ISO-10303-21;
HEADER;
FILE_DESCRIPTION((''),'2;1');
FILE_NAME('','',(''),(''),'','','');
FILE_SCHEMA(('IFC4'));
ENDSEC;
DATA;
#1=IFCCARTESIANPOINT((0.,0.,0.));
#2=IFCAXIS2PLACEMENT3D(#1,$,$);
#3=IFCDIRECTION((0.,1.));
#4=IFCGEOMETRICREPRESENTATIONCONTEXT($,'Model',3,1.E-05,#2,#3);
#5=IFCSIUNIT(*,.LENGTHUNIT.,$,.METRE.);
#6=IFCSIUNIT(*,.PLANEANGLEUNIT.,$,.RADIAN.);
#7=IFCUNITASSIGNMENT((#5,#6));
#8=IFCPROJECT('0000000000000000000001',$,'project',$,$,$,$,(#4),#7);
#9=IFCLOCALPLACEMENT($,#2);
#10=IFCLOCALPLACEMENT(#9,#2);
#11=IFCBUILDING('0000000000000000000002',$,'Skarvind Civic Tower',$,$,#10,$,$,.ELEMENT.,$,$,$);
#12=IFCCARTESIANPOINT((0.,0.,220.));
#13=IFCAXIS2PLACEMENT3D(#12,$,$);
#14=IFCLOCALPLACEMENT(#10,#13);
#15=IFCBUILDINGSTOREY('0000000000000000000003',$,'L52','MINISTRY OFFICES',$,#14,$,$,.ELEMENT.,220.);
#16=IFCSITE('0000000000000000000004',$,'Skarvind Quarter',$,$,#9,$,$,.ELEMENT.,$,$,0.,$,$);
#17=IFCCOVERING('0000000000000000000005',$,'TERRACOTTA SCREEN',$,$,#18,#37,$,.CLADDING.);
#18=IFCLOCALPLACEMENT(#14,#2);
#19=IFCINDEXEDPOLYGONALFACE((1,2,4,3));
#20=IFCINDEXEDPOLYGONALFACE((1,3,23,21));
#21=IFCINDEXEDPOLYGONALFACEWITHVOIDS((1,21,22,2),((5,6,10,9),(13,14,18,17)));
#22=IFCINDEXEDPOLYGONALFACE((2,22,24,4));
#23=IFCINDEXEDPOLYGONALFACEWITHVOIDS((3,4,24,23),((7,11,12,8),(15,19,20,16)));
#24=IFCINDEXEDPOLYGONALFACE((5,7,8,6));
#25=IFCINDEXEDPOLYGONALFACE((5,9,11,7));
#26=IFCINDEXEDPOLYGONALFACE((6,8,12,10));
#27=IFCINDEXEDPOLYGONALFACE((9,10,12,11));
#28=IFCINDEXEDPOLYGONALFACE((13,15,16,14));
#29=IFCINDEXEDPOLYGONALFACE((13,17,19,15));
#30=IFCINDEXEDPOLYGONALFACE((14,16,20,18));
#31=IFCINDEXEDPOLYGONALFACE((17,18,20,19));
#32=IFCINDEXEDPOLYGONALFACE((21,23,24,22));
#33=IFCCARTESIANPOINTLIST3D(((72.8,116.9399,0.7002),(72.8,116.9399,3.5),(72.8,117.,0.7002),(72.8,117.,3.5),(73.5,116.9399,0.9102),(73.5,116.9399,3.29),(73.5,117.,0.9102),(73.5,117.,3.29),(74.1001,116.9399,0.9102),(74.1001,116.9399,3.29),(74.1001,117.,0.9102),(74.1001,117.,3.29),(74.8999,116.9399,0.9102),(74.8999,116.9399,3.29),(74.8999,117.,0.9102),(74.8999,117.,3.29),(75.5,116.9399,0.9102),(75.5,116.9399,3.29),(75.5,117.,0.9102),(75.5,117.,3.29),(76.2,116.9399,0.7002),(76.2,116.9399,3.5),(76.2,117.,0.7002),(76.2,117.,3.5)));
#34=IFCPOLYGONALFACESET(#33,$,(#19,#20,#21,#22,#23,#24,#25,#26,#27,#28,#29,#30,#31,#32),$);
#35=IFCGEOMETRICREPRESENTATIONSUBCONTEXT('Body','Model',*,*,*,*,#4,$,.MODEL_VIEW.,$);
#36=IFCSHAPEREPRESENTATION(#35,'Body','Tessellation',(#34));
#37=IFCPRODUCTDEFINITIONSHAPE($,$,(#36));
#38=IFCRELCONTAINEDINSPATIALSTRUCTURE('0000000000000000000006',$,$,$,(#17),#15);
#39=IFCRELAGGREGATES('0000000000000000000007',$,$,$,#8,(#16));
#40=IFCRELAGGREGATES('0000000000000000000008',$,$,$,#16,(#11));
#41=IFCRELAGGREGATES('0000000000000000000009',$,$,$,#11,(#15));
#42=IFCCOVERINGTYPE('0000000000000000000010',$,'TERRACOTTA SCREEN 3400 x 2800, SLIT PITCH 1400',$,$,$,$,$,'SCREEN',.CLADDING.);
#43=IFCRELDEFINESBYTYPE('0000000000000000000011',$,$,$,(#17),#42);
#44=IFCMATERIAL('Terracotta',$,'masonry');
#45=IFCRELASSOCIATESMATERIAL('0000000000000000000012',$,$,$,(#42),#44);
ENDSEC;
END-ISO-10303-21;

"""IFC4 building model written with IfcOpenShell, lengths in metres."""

from ifc_helpers import new_model, si_unit, direction, frame, origin, place, context, subcontext, project, spatial, polyline, outline, extrude, material, material_profile, profile_set, type_object, element, save


model = new_model("IFC4")

# Units and contexts
model_context = context("Model", 3, precision=1e-05, world=origin(), true_north=direction((0.0, 1.0)))
body_context = subcontext(model_context, "Body", "Model", "MODEL_VIEW")
ifc_project = project(units=[si_unit("LENGTHUNIT", "METRE"), si_unit("PLANEANGLEUNIT", "RADIAN")], contexts=[model_context])

# Site, building, storey
site_placement = place(None, origin())
site = spatial("IfcSite", under=ifc_project, at=site_placement, Name="Skarvind Quarter", CompositionType="ELEMENT", RefElevation=0.0)
building_placement = place(site_placement, origin())
building = spatial("IfcBuilding", under=site, at=building_placement, Name="Skarvind Civic Tower", CompositionType="ELEMENT")
storey_placement = place(building_placement, frame((0.0, 0.0, 220.0)))
storey = spatial("IfcBuildingStorey", under=building, at=storey_placement, Name="L52", Description="MINISTRY OFFICES", CompositionType="ELEMENT", Elevation=220.0)

# Covering
ifc_material_1 = material(Name="Terracotta", Category="masonry")
ifc_material_profile_1 = material_profile(ifc_material_1, outline(polyline([(-1.7, -1.3999), (1.7, -1.3999), (1.7, 1.3999), (-1.7, 1.3999), (-1.7, -1.3999)]), holes=[polyline([(-1.0, -1.1899), (-0.3999, -1.1899), (-0.3999, 1.1899), (-1.0, 1.1899), (-1.0, -1.1899)]), polyline([(0.3999, -1.1899), (1.0, -1.1899), (1.0, 1.1899), (0.3999, 1.1899), (0.3999, -1.1899)])]), Name="TERRACOTTA SCREEN 3400 x 2800, SLIT PITCH 1400")
ifc_profile_set_1 = profile_set([ifc_material_profile_1], Name="Terracotta")
covering_type = type_object("IfcCoveringType", Name="TERRACOTTA SCREEN 3400 x 2800, SLIT PITCH 1400", ElementType="SCREEN", PredefinedType="CLADDING", material=ifc_profile_set_1)
for number, where, z_axis, x_axis, name in (
    (1, (74.5, 117.0, 2.1001), (0.0, -1.0, 0.0), (1.0, 0.0, 0.0), "TERRACOTTA SCREEN"),
):
    element("IfcCovering", number, at=place(storey_placement, frame(where, z_axis=z_axis, x_axis=x_axis)), inside=storey, type_object=covering_type, Name=name, PredefinedType="CLADDING", context=body_context, shape_type="SweptSolid", body=[
        extrude(outline(polyline([(-1.7, -1.3999), (1.7, -1.3999), (1.7, 1.3999), (-1.7, 1.3999), (-1.7, -1.3999)]), holes=[polyline([(-1.0, -1.1899), (-0.3999, -1.1899), (-0.3999, 1.1899), (-1.0, 1.1899), (-1.0, -1.1899)]), polyline([(0.3999, -1.1899), (1.0, -1.1899), (1.0, 1.1899), (0.3999, 1.1899), (0.3999, -1.1899)])]), origin(), (0.0, 0.0, 1.0), 0.0601),
    ])

save(model, "model.ifc")
